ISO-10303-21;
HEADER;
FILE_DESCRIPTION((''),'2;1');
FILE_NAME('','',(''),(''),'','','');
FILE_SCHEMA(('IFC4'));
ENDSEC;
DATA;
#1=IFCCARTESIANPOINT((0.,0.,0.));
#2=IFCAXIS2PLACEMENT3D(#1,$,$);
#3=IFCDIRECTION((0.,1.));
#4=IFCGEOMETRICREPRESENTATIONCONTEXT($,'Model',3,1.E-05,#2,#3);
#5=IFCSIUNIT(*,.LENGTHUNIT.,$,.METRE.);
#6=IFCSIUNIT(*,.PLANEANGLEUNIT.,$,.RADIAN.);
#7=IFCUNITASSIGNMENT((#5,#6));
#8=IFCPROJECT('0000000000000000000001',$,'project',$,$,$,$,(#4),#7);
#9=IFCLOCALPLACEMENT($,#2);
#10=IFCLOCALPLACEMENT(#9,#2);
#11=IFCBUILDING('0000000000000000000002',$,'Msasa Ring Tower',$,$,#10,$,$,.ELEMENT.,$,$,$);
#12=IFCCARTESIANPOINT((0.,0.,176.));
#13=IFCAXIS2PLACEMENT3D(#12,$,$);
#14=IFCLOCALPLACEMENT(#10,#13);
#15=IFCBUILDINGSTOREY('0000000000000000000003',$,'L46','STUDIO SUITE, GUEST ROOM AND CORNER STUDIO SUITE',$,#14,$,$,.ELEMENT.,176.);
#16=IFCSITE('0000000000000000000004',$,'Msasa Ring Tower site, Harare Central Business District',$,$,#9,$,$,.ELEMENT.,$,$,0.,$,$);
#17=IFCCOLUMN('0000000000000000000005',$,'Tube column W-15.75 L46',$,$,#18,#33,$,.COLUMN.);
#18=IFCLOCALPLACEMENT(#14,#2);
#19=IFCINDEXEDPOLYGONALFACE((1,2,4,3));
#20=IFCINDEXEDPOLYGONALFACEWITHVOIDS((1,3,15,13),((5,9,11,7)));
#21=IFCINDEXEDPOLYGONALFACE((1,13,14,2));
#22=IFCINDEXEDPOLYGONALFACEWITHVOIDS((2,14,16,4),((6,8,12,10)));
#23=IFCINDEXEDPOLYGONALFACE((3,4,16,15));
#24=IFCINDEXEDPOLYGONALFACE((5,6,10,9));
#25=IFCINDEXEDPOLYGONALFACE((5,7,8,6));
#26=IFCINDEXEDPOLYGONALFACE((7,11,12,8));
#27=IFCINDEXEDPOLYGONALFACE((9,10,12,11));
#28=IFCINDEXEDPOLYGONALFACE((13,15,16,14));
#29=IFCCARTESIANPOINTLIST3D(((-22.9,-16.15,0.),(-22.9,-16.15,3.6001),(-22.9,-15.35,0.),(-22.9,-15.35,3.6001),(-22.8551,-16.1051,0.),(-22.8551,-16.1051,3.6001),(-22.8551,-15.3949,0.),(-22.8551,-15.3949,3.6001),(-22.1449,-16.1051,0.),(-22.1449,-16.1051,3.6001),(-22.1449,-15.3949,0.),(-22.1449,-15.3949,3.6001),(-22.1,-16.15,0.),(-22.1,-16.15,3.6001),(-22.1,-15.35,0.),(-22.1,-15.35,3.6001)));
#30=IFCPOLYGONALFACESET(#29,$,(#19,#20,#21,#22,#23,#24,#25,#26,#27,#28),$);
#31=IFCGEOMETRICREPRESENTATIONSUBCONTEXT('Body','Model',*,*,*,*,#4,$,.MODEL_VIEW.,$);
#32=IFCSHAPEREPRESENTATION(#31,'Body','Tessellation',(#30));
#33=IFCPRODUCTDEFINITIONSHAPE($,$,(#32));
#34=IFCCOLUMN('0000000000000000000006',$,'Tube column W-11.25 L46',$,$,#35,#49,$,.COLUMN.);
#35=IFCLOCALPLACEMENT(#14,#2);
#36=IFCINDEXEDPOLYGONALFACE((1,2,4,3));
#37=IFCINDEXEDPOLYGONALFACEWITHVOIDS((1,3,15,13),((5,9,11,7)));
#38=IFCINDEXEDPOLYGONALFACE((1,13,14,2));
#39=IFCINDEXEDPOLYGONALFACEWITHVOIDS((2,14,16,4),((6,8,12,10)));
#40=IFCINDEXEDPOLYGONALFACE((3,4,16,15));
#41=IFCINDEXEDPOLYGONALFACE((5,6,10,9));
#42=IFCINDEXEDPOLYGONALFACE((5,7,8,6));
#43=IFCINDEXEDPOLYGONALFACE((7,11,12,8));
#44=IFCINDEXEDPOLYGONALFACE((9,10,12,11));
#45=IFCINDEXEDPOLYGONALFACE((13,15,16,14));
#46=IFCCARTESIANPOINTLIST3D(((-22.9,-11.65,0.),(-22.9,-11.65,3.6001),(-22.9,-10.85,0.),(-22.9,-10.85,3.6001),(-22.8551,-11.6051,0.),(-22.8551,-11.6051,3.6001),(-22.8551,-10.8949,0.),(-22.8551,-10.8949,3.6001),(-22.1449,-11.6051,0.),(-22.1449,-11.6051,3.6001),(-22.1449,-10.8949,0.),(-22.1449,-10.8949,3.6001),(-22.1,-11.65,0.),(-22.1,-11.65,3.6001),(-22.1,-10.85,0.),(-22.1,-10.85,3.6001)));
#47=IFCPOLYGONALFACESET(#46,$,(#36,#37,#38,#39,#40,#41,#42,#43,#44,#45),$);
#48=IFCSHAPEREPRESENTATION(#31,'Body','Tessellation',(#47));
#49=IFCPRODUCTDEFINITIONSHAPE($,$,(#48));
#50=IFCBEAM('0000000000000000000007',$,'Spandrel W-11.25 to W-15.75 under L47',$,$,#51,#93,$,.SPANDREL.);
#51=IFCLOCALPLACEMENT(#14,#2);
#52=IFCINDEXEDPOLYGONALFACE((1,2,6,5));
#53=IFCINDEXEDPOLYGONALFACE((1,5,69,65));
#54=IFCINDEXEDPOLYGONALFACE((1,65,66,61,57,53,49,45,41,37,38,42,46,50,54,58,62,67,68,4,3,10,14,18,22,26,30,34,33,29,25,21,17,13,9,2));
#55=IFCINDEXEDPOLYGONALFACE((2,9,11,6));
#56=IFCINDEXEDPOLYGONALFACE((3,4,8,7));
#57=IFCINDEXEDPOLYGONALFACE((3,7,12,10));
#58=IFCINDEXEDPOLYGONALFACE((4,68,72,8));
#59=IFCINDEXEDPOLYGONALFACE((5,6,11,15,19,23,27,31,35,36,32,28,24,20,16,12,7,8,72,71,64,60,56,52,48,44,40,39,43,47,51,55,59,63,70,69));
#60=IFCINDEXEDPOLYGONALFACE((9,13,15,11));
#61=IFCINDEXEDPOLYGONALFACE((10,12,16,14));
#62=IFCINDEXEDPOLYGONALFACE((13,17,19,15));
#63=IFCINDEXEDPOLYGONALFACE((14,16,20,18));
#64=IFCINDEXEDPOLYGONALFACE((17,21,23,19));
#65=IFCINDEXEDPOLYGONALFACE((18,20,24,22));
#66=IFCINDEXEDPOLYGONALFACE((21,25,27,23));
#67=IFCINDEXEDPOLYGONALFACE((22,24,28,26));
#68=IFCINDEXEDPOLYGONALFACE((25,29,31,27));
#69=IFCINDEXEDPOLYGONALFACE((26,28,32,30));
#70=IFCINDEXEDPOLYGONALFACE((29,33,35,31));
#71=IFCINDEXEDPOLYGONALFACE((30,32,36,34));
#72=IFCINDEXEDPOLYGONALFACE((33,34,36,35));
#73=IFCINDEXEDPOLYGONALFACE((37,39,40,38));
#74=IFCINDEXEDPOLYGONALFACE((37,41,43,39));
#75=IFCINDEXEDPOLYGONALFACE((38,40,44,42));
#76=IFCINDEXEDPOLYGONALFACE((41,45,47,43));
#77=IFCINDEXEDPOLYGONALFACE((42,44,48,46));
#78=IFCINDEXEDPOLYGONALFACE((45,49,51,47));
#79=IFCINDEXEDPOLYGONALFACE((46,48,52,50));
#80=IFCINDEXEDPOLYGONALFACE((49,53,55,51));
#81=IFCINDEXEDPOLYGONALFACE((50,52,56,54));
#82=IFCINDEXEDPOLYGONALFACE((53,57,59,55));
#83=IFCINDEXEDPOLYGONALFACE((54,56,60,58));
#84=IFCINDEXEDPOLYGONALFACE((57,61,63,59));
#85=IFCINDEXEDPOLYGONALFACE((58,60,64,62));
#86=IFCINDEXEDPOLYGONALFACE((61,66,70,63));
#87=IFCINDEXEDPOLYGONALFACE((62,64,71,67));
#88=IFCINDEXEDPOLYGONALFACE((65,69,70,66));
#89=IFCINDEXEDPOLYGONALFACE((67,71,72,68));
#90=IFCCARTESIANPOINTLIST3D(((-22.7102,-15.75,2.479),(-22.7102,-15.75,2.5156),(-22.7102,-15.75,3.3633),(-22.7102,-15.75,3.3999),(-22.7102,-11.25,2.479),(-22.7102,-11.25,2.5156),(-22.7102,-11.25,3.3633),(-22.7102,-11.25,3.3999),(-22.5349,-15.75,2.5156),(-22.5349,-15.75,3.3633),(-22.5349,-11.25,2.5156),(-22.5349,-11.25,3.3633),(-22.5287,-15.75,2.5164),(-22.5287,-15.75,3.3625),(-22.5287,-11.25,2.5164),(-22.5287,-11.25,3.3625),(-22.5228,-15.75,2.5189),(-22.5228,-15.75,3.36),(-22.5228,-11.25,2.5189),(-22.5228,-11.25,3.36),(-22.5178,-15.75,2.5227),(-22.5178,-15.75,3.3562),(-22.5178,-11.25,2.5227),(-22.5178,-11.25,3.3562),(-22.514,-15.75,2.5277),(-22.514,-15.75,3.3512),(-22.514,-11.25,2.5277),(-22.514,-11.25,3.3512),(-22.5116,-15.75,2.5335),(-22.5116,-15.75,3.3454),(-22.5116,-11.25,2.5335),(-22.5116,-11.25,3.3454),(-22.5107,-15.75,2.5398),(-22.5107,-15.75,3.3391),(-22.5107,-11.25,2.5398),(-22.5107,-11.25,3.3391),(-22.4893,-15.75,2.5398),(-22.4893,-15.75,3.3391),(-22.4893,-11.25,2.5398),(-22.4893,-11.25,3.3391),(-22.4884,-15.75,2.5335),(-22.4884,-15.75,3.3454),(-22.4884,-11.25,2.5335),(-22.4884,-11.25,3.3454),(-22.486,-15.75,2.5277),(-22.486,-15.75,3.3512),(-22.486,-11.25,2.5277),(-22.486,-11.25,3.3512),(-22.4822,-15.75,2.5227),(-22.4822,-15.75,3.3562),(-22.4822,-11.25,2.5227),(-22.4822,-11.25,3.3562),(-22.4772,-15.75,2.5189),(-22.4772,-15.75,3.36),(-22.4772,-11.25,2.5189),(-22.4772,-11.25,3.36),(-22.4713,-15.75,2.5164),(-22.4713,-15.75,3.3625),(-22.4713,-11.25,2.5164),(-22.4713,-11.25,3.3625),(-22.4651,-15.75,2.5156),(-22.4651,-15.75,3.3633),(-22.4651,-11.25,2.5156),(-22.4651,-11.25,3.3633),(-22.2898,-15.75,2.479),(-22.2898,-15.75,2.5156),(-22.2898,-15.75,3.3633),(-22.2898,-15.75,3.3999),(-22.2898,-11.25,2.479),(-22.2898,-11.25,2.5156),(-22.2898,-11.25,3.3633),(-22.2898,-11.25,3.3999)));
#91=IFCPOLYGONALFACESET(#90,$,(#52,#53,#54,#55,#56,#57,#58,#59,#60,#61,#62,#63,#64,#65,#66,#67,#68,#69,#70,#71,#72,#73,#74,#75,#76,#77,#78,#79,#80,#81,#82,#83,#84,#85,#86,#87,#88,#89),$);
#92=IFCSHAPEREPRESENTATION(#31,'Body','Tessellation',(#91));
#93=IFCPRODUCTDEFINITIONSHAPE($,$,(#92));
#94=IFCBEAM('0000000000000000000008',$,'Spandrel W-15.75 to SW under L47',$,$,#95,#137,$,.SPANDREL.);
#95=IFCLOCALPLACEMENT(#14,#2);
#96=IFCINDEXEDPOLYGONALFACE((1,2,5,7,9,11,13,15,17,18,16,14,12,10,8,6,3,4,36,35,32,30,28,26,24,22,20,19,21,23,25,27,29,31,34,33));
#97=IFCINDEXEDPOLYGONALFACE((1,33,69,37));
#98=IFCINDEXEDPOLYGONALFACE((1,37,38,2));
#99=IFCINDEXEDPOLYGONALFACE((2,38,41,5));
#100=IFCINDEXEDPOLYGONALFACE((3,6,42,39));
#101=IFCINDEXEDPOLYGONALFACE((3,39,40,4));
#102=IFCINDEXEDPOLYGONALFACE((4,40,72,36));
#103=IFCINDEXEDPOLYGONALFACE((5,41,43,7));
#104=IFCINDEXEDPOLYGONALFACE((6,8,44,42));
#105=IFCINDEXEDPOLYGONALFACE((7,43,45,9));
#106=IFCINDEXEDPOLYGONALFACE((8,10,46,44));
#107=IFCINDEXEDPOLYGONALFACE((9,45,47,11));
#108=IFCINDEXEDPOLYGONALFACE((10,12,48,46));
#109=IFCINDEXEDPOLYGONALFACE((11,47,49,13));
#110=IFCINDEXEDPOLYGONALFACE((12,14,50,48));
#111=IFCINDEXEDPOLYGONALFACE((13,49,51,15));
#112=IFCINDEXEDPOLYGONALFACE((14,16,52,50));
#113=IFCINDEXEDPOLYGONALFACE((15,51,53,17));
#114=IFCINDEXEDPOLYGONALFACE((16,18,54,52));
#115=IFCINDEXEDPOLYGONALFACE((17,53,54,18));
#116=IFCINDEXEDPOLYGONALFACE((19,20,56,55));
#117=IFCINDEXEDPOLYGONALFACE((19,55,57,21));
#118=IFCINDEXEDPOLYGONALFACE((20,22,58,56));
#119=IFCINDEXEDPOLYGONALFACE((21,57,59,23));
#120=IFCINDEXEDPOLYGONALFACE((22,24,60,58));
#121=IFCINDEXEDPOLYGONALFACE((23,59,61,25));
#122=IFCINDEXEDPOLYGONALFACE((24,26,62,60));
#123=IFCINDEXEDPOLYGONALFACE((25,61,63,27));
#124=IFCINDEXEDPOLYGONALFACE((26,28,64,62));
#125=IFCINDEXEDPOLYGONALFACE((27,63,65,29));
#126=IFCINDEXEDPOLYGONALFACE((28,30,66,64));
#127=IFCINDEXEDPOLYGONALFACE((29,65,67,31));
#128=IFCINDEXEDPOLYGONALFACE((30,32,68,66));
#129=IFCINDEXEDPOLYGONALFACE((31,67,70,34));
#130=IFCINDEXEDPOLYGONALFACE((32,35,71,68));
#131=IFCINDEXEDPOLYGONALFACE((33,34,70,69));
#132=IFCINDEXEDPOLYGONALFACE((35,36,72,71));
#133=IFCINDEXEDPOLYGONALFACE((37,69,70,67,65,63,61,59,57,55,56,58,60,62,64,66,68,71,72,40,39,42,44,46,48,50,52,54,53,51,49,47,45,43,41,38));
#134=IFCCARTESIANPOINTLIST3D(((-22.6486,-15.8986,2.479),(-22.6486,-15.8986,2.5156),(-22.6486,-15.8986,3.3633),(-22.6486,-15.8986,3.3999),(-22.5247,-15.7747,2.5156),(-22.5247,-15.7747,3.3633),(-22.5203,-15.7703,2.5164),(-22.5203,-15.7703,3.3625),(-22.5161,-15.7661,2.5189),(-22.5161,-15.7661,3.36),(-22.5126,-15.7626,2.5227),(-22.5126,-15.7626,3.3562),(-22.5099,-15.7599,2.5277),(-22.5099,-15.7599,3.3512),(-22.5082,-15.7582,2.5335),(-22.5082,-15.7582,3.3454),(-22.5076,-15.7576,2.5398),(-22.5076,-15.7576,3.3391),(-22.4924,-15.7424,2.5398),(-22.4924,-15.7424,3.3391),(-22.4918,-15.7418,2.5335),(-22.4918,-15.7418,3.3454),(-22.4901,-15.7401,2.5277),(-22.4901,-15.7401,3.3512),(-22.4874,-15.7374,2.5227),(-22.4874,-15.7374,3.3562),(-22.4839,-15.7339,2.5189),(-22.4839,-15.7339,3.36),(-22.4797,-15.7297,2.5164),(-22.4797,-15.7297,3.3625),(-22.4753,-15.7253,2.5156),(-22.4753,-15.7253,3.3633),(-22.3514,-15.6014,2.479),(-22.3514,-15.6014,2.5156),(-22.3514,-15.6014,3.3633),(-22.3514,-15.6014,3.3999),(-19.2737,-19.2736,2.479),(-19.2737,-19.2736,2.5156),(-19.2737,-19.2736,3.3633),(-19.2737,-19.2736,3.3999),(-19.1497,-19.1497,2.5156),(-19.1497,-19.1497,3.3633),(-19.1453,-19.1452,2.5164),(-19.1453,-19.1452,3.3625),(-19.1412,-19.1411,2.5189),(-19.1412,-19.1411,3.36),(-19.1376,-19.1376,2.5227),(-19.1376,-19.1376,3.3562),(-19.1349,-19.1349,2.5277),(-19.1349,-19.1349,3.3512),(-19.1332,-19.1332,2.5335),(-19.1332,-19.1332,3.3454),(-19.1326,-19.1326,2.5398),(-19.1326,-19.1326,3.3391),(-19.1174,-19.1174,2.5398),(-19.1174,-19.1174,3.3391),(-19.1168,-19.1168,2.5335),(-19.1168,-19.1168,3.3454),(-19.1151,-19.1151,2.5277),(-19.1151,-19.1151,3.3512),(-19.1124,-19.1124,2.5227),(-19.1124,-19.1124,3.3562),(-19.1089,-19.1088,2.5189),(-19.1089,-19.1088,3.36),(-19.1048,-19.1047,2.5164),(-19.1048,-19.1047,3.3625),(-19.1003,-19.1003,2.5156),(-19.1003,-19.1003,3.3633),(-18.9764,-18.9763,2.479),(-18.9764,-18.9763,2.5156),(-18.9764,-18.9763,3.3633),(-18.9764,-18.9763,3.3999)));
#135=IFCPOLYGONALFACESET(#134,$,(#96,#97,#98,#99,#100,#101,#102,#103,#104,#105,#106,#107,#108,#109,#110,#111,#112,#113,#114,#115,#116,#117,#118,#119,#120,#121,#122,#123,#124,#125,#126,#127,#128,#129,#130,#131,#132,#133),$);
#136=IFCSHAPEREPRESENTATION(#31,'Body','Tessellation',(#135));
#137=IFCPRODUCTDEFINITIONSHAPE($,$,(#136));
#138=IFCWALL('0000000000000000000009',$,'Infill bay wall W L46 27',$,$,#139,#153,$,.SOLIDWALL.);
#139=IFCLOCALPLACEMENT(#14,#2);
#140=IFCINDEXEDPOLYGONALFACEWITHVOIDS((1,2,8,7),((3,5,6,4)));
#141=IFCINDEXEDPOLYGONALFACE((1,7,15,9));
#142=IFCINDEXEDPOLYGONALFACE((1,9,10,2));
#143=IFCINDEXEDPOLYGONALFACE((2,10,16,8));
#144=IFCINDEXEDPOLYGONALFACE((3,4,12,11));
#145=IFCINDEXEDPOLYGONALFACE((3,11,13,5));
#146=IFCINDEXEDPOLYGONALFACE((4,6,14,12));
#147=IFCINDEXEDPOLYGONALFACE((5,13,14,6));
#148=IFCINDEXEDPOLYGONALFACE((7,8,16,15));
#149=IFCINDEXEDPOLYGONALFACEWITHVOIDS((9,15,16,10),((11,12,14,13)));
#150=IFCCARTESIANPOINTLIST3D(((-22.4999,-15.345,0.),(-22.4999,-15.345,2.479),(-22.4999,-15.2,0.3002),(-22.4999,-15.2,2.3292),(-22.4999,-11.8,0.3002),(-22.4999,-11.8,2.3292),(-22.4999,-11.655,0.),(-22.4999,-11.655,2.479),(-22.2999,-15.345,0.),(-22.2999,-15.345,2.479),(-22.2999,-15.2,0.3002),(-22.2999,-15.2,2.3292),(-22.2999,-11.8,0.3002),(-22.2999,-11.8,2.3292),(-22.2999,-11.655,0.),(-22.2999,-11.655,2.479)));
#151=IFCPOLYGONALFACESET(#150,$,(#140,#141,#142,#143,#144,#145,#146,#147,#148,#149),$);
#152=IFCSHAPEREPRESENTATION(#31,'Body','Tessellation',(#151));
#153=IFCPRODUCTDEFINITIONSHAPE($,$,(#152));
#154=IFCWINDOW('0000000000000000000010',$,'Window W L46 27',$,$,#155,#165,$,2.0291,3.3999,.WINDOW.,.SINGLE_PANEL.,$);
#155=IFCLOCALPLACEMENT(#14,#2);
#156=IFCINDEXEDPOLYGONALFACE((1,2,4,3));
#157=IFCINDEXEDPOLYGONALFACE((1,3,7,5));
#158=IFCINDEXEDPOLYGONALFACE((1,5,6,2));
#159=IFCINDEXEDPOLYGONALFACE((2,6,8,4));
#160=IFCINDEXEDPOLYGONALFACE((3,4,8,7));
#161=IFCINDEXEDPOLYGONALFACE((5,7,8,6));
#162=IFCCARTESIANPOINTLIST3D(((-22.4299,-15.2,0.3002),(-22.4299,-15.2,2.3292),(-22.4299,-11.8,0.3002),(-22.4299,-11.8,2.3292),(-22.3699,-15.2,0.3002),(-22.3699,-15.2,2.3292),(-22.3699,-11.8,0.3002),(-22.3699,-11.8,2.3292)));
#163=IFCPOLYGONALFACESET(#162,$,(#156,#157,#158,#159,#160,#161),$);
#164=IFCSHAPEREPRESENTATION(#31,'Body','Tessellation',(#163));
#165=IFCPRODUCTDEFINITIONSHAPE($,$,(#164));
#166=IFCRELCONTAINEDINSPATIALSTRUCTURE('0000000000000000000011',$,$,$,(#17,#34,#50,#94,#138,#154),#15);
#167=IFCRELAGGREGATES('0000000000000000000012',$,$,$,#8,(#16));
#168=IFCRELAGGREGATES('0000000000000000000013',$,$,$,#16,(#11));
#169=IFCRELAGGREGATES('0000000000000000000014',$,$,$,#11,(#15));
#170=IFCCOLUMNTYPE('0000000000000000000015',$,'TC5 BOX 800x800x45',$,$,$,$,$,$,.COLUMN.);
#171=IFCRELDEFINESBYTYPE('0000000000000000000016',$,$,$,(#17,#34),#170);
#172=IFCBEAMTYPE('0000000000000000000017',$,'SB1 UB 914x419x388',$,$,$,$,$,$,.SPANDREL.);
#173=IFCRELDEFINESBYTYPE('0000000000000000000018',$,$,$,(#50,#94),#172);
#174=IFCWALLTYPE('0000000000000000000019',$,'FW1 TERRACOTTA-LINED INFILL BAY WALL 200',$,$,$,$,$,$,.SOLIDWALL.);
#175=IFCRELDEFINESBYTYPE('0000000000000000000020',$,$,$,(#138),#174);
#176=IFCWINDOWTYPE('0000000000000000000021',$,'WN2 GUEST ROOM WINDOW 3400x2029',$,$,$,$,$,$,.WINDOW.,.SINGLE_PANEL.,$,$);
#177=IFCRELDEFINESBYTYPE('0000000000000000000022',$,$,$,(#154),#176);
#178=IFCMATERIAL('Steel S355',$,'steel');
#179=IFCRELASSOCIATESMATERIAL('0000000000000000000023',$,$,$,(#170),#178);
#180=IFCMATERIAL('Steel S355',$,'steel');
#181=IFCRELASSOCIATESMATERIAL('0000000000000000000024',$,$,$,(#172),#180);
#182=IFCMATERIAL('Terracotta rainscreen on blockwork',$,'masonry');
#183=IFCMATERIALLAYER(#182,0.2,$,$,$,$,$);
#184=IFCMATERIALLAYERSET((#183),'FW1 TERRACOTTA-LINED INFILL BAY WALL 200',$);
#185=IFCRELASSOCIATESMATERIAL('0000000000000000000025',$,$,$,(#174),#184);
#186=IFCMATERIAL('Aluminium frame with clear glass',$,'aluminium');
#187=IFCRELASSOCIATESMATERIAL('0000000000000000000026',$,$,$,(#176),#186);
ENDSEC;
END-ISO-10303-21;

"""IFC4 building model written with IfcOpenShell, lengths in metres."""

from ifc_helpers import new_model, si_unit, direction, frame, frame_2d, origin, origin_2d, place, context, subcontext, project, spatial, rectangle, hollow_rectangle, i_section, extrude, material, layer, layer_set, material_profile, profile_set, type_object, element, fill, save


model = new_model("IFC4")

# Units and contexts
model_context = context("Model", 3, precision=1e-05, world=origin(), true_north=direction((0.0, 1.0)))
body_context = subcontext(model_context, "Body", "Model", "MODEL_VIEW")
ifc_project = project(units=[si_unit("LENGTHUNIT", "METRE"), si_unit("PLANEANGLEUNIT", "RADIAN")], contexts=[model_context])

# Site, building, storey
site_placement = place(None, origin())
site = spatial("IfcSite", under=ifc_project, at=site_placement, Name="Msasa Ring Tower site, Harare Central Business District", CompositionType="ELEMENT", RefElevation=0.0)
building_placement = place(site_placement, origin())
building = spatial("IfcBuilding", under=site, at=building_placement, Name="Msasa Ring Tower", CompositionType="ELEMENT")
storey_placement = place(building_placement, frame((0.0, 0.0, 176.0)))
storey = spatial("IfcBuildingStorey", under=building, at=storey_placement, Name="L46", Description="STUDIO SUITE, GUEST ROOM AND CORNER STUDIO SUITE", CompositionType="ELEMENT", Elevation=176.0)

# Columns
ifc_material_1 = material(Name="Steel S355", Category="steel")
ifc_material_profile_1 = material_profile(ifc_material_1, hollow_rectangle(XDim=0.8, YDim=0.8, WallThickness=0.0449, at=origin_2d()), Name="BOX 800x800x45")
ifc_profile_set_1 = profile_set([ifc_material_profile_1], Name="Steel S355")
column_type = type_object("IfcColumnType", Name="TC5 BOX 800x800x45", PredefinedType="COLUMN", material=ifc_profile_set_1)
for number, where, z_axis, x_axis, name in (
    (1, (-22.5, -15.75, 0.0), (0.0, 0.0, 1.0), (1.0, 0.0, 0.0), "Tube column W-15.75 L46"),
    (2, (-22.5, -11.25, 0.0), (0.0, 0.0, 1.0), (1.0, 0.0, 0.0), "Tube column W-11.25 L46"),
):
    element("IfcColumn", number, at=place(storey_placement, frame(where, z_axis=z_axis, x_axis=x_axis)), inside=storey, type_object=column_type, Name=name, PredefinedType="COLUMN", context=body_context, shape_type="SweptSolid", body=[
        extrude(hollow_rectangle(XDim=0.8, YDim=0.8, WallThickness=0.0449, at=origin_2d()), origin(), (0.0, 0.0, 1.0), 3.6001),
    ])

# Beams
ifc_material_2 = material(Name="Steel S355", Category="steel")
ifc_material_profile_2 = material_profile(ifc_material_2, i_section(OverallWidth=0.4204, OverallDepth=0.9209, WebThickness=0.0215, FlangeThickness=0.0366, FilletRadius=0.0242, at=origin_2d()), Name="UB 914x419x388")
ifc_profile_set_2 = profile_set([ifc_material_profile_2], Name="Steel S355")
beam_type = type_object("IfcBeamType", Name="SB1 UB 914x419x388", PredefinedType="SPANDREL", material=ifc_profile_set_2)
beam_1_placement = place(storey_placement, frame((-22.5, -11.25, 2.9395), z_axis=(0.0, -1.0, 0.0), x_axis=(1.0, 0.0, 0.0)))
element("IfcBeam", 3, at=beam_1_placement, inside=storey, type_object=beam_type, Name="Spandrel W-11.25 to W-15.75 under L47", PredefinedType="SPANDREL", context=body_context, shape_type="SweptSolid", body=[
    extrude(i_section(OverallWidth=0.4204, OverallDepth=0.9209, WebThickness=0.0215, FlangeThickness=0.0366, FilletRadius=0.0242, at=origin_2d()), origin(), (0.0, 0.0, 1.0), 4.5),
])
beam_2_placement = place(storey_placement, frame((-22.5, -15.75, 2.9395), z_axis=(0.707107, -0.707107, 0.0), x_axis=(0.707107, 0.707107, 0.0)))
element("IfcBeam", 4, at=beam_2_placement, inside=storey, type_object=beam_type, Name="Spandrel W-15.75 to SW under L47", PredefinedType="SPANDREL", context=body_context, shape_type="SweptSolid", body=[
    extrude(i_section(OverallWidth=0.4204, OverallDepth=0.9209, WebThickness=0.0215, FlangeThickness=0.0366, FilletRadius=0.0242, at=origin_2d()), origin(), (0.0, 0.0, 1.0), 4.7729),
])

# Wall, opening, window
ifc_material_3 = material(Name="Terracotta rainscreen on blockwork", Category="masonry")
ifc_layer_1 = layer(ifc_material_3, 0.2)
ifc_layer_set_1 = layer_set([ifc_layer_1], Name="FW1 TERRACOTTA-LINED INFILL BAY WALL 200")
wall_type_1 = type_object("IfcWallType", Name="FW1 TERRACOTTA-LINED INFILL BAY WALL 200", PredefinedType="SOLIDWALL", material=ifc_layer_set_1)
wall_1_placement = place(storey_placement, frame((-22.3999, -15.345, 0.0), z_axis=(0.0, 0.0, 1.0), x_axis=(0.0, 1.0, 0.0)))
wall_1 = element("IfcWall", 5, at=wall_1_placement, inside=storey, type_object=wall_type_1, Name="Infill bay wall W L46 27", PredefinedType="SOLIDWALL", context=body_context, shape_type="SweptSolid", body=[
    extrude(rectangle(XDim=3.6899, YDim=0.2, at=frame_2d((1.845, 0.0))), origin(), (0.0, 0.0, 1.0), 2.479),
])
opening_1_placement = place(wall_1_placement, frame((0.145, 0.0, 0.3)))
opening_1 = element("IfcOpeningElement", 6, at=opening_1_placement, cuts=wall_1, PredefinedType="OPENING", context=body_context, shape_type="SweptSolid", body=[
    extrude(rectangle(XDim=3.3999, YDim=2.0291, at=frame_2d((1.7, 1.0146))), frame((0.0, 0.1099, 0.0), z_axis=(0.0, -1.0, 0.0), x_axis=(1.0, 0.0, 0.0)), (0.0, 0.0, 1.0), 0.22),
])
ifc_material_4 = material(Name="Aluminium frame with clear glass", Category="aluminium")
window_type = type_object("IfcWindowType", Name="WN2 GUEST ROOM WINDOW 3400x2029", PartitioningType="SINGLE_PANEL", PredefinedType="WINDOW", material=ifc_material_4)
window_1_placement = place(opening_1_placement, origin())
window_1 = element("IfcWindow", 7, at=window_1_placement, inside=storey, type_object=window_type, Name="Window W L46 27", OverallHeight=2.0291, OverallWidth=3.3999, PartitioningType="SINGLE_PANEL", PredefinedType="WINDOW", context=body_context, shape_type="SweptSolid", body=[
    extrude(rectangle(XDim=3.3999, YDim=2.0291, at=frame_2d((1.7, 1.0146))), frame((0.0, 0.03, 0.0), z_axis=(0.0, -1.0, 0.0), x_axis=(1.0, 0.0, 0.0)), (0.0, 0.0, 1.0), 0.0601),
])
fill(opening_1, window_1)

save(model, "model.ifc")
